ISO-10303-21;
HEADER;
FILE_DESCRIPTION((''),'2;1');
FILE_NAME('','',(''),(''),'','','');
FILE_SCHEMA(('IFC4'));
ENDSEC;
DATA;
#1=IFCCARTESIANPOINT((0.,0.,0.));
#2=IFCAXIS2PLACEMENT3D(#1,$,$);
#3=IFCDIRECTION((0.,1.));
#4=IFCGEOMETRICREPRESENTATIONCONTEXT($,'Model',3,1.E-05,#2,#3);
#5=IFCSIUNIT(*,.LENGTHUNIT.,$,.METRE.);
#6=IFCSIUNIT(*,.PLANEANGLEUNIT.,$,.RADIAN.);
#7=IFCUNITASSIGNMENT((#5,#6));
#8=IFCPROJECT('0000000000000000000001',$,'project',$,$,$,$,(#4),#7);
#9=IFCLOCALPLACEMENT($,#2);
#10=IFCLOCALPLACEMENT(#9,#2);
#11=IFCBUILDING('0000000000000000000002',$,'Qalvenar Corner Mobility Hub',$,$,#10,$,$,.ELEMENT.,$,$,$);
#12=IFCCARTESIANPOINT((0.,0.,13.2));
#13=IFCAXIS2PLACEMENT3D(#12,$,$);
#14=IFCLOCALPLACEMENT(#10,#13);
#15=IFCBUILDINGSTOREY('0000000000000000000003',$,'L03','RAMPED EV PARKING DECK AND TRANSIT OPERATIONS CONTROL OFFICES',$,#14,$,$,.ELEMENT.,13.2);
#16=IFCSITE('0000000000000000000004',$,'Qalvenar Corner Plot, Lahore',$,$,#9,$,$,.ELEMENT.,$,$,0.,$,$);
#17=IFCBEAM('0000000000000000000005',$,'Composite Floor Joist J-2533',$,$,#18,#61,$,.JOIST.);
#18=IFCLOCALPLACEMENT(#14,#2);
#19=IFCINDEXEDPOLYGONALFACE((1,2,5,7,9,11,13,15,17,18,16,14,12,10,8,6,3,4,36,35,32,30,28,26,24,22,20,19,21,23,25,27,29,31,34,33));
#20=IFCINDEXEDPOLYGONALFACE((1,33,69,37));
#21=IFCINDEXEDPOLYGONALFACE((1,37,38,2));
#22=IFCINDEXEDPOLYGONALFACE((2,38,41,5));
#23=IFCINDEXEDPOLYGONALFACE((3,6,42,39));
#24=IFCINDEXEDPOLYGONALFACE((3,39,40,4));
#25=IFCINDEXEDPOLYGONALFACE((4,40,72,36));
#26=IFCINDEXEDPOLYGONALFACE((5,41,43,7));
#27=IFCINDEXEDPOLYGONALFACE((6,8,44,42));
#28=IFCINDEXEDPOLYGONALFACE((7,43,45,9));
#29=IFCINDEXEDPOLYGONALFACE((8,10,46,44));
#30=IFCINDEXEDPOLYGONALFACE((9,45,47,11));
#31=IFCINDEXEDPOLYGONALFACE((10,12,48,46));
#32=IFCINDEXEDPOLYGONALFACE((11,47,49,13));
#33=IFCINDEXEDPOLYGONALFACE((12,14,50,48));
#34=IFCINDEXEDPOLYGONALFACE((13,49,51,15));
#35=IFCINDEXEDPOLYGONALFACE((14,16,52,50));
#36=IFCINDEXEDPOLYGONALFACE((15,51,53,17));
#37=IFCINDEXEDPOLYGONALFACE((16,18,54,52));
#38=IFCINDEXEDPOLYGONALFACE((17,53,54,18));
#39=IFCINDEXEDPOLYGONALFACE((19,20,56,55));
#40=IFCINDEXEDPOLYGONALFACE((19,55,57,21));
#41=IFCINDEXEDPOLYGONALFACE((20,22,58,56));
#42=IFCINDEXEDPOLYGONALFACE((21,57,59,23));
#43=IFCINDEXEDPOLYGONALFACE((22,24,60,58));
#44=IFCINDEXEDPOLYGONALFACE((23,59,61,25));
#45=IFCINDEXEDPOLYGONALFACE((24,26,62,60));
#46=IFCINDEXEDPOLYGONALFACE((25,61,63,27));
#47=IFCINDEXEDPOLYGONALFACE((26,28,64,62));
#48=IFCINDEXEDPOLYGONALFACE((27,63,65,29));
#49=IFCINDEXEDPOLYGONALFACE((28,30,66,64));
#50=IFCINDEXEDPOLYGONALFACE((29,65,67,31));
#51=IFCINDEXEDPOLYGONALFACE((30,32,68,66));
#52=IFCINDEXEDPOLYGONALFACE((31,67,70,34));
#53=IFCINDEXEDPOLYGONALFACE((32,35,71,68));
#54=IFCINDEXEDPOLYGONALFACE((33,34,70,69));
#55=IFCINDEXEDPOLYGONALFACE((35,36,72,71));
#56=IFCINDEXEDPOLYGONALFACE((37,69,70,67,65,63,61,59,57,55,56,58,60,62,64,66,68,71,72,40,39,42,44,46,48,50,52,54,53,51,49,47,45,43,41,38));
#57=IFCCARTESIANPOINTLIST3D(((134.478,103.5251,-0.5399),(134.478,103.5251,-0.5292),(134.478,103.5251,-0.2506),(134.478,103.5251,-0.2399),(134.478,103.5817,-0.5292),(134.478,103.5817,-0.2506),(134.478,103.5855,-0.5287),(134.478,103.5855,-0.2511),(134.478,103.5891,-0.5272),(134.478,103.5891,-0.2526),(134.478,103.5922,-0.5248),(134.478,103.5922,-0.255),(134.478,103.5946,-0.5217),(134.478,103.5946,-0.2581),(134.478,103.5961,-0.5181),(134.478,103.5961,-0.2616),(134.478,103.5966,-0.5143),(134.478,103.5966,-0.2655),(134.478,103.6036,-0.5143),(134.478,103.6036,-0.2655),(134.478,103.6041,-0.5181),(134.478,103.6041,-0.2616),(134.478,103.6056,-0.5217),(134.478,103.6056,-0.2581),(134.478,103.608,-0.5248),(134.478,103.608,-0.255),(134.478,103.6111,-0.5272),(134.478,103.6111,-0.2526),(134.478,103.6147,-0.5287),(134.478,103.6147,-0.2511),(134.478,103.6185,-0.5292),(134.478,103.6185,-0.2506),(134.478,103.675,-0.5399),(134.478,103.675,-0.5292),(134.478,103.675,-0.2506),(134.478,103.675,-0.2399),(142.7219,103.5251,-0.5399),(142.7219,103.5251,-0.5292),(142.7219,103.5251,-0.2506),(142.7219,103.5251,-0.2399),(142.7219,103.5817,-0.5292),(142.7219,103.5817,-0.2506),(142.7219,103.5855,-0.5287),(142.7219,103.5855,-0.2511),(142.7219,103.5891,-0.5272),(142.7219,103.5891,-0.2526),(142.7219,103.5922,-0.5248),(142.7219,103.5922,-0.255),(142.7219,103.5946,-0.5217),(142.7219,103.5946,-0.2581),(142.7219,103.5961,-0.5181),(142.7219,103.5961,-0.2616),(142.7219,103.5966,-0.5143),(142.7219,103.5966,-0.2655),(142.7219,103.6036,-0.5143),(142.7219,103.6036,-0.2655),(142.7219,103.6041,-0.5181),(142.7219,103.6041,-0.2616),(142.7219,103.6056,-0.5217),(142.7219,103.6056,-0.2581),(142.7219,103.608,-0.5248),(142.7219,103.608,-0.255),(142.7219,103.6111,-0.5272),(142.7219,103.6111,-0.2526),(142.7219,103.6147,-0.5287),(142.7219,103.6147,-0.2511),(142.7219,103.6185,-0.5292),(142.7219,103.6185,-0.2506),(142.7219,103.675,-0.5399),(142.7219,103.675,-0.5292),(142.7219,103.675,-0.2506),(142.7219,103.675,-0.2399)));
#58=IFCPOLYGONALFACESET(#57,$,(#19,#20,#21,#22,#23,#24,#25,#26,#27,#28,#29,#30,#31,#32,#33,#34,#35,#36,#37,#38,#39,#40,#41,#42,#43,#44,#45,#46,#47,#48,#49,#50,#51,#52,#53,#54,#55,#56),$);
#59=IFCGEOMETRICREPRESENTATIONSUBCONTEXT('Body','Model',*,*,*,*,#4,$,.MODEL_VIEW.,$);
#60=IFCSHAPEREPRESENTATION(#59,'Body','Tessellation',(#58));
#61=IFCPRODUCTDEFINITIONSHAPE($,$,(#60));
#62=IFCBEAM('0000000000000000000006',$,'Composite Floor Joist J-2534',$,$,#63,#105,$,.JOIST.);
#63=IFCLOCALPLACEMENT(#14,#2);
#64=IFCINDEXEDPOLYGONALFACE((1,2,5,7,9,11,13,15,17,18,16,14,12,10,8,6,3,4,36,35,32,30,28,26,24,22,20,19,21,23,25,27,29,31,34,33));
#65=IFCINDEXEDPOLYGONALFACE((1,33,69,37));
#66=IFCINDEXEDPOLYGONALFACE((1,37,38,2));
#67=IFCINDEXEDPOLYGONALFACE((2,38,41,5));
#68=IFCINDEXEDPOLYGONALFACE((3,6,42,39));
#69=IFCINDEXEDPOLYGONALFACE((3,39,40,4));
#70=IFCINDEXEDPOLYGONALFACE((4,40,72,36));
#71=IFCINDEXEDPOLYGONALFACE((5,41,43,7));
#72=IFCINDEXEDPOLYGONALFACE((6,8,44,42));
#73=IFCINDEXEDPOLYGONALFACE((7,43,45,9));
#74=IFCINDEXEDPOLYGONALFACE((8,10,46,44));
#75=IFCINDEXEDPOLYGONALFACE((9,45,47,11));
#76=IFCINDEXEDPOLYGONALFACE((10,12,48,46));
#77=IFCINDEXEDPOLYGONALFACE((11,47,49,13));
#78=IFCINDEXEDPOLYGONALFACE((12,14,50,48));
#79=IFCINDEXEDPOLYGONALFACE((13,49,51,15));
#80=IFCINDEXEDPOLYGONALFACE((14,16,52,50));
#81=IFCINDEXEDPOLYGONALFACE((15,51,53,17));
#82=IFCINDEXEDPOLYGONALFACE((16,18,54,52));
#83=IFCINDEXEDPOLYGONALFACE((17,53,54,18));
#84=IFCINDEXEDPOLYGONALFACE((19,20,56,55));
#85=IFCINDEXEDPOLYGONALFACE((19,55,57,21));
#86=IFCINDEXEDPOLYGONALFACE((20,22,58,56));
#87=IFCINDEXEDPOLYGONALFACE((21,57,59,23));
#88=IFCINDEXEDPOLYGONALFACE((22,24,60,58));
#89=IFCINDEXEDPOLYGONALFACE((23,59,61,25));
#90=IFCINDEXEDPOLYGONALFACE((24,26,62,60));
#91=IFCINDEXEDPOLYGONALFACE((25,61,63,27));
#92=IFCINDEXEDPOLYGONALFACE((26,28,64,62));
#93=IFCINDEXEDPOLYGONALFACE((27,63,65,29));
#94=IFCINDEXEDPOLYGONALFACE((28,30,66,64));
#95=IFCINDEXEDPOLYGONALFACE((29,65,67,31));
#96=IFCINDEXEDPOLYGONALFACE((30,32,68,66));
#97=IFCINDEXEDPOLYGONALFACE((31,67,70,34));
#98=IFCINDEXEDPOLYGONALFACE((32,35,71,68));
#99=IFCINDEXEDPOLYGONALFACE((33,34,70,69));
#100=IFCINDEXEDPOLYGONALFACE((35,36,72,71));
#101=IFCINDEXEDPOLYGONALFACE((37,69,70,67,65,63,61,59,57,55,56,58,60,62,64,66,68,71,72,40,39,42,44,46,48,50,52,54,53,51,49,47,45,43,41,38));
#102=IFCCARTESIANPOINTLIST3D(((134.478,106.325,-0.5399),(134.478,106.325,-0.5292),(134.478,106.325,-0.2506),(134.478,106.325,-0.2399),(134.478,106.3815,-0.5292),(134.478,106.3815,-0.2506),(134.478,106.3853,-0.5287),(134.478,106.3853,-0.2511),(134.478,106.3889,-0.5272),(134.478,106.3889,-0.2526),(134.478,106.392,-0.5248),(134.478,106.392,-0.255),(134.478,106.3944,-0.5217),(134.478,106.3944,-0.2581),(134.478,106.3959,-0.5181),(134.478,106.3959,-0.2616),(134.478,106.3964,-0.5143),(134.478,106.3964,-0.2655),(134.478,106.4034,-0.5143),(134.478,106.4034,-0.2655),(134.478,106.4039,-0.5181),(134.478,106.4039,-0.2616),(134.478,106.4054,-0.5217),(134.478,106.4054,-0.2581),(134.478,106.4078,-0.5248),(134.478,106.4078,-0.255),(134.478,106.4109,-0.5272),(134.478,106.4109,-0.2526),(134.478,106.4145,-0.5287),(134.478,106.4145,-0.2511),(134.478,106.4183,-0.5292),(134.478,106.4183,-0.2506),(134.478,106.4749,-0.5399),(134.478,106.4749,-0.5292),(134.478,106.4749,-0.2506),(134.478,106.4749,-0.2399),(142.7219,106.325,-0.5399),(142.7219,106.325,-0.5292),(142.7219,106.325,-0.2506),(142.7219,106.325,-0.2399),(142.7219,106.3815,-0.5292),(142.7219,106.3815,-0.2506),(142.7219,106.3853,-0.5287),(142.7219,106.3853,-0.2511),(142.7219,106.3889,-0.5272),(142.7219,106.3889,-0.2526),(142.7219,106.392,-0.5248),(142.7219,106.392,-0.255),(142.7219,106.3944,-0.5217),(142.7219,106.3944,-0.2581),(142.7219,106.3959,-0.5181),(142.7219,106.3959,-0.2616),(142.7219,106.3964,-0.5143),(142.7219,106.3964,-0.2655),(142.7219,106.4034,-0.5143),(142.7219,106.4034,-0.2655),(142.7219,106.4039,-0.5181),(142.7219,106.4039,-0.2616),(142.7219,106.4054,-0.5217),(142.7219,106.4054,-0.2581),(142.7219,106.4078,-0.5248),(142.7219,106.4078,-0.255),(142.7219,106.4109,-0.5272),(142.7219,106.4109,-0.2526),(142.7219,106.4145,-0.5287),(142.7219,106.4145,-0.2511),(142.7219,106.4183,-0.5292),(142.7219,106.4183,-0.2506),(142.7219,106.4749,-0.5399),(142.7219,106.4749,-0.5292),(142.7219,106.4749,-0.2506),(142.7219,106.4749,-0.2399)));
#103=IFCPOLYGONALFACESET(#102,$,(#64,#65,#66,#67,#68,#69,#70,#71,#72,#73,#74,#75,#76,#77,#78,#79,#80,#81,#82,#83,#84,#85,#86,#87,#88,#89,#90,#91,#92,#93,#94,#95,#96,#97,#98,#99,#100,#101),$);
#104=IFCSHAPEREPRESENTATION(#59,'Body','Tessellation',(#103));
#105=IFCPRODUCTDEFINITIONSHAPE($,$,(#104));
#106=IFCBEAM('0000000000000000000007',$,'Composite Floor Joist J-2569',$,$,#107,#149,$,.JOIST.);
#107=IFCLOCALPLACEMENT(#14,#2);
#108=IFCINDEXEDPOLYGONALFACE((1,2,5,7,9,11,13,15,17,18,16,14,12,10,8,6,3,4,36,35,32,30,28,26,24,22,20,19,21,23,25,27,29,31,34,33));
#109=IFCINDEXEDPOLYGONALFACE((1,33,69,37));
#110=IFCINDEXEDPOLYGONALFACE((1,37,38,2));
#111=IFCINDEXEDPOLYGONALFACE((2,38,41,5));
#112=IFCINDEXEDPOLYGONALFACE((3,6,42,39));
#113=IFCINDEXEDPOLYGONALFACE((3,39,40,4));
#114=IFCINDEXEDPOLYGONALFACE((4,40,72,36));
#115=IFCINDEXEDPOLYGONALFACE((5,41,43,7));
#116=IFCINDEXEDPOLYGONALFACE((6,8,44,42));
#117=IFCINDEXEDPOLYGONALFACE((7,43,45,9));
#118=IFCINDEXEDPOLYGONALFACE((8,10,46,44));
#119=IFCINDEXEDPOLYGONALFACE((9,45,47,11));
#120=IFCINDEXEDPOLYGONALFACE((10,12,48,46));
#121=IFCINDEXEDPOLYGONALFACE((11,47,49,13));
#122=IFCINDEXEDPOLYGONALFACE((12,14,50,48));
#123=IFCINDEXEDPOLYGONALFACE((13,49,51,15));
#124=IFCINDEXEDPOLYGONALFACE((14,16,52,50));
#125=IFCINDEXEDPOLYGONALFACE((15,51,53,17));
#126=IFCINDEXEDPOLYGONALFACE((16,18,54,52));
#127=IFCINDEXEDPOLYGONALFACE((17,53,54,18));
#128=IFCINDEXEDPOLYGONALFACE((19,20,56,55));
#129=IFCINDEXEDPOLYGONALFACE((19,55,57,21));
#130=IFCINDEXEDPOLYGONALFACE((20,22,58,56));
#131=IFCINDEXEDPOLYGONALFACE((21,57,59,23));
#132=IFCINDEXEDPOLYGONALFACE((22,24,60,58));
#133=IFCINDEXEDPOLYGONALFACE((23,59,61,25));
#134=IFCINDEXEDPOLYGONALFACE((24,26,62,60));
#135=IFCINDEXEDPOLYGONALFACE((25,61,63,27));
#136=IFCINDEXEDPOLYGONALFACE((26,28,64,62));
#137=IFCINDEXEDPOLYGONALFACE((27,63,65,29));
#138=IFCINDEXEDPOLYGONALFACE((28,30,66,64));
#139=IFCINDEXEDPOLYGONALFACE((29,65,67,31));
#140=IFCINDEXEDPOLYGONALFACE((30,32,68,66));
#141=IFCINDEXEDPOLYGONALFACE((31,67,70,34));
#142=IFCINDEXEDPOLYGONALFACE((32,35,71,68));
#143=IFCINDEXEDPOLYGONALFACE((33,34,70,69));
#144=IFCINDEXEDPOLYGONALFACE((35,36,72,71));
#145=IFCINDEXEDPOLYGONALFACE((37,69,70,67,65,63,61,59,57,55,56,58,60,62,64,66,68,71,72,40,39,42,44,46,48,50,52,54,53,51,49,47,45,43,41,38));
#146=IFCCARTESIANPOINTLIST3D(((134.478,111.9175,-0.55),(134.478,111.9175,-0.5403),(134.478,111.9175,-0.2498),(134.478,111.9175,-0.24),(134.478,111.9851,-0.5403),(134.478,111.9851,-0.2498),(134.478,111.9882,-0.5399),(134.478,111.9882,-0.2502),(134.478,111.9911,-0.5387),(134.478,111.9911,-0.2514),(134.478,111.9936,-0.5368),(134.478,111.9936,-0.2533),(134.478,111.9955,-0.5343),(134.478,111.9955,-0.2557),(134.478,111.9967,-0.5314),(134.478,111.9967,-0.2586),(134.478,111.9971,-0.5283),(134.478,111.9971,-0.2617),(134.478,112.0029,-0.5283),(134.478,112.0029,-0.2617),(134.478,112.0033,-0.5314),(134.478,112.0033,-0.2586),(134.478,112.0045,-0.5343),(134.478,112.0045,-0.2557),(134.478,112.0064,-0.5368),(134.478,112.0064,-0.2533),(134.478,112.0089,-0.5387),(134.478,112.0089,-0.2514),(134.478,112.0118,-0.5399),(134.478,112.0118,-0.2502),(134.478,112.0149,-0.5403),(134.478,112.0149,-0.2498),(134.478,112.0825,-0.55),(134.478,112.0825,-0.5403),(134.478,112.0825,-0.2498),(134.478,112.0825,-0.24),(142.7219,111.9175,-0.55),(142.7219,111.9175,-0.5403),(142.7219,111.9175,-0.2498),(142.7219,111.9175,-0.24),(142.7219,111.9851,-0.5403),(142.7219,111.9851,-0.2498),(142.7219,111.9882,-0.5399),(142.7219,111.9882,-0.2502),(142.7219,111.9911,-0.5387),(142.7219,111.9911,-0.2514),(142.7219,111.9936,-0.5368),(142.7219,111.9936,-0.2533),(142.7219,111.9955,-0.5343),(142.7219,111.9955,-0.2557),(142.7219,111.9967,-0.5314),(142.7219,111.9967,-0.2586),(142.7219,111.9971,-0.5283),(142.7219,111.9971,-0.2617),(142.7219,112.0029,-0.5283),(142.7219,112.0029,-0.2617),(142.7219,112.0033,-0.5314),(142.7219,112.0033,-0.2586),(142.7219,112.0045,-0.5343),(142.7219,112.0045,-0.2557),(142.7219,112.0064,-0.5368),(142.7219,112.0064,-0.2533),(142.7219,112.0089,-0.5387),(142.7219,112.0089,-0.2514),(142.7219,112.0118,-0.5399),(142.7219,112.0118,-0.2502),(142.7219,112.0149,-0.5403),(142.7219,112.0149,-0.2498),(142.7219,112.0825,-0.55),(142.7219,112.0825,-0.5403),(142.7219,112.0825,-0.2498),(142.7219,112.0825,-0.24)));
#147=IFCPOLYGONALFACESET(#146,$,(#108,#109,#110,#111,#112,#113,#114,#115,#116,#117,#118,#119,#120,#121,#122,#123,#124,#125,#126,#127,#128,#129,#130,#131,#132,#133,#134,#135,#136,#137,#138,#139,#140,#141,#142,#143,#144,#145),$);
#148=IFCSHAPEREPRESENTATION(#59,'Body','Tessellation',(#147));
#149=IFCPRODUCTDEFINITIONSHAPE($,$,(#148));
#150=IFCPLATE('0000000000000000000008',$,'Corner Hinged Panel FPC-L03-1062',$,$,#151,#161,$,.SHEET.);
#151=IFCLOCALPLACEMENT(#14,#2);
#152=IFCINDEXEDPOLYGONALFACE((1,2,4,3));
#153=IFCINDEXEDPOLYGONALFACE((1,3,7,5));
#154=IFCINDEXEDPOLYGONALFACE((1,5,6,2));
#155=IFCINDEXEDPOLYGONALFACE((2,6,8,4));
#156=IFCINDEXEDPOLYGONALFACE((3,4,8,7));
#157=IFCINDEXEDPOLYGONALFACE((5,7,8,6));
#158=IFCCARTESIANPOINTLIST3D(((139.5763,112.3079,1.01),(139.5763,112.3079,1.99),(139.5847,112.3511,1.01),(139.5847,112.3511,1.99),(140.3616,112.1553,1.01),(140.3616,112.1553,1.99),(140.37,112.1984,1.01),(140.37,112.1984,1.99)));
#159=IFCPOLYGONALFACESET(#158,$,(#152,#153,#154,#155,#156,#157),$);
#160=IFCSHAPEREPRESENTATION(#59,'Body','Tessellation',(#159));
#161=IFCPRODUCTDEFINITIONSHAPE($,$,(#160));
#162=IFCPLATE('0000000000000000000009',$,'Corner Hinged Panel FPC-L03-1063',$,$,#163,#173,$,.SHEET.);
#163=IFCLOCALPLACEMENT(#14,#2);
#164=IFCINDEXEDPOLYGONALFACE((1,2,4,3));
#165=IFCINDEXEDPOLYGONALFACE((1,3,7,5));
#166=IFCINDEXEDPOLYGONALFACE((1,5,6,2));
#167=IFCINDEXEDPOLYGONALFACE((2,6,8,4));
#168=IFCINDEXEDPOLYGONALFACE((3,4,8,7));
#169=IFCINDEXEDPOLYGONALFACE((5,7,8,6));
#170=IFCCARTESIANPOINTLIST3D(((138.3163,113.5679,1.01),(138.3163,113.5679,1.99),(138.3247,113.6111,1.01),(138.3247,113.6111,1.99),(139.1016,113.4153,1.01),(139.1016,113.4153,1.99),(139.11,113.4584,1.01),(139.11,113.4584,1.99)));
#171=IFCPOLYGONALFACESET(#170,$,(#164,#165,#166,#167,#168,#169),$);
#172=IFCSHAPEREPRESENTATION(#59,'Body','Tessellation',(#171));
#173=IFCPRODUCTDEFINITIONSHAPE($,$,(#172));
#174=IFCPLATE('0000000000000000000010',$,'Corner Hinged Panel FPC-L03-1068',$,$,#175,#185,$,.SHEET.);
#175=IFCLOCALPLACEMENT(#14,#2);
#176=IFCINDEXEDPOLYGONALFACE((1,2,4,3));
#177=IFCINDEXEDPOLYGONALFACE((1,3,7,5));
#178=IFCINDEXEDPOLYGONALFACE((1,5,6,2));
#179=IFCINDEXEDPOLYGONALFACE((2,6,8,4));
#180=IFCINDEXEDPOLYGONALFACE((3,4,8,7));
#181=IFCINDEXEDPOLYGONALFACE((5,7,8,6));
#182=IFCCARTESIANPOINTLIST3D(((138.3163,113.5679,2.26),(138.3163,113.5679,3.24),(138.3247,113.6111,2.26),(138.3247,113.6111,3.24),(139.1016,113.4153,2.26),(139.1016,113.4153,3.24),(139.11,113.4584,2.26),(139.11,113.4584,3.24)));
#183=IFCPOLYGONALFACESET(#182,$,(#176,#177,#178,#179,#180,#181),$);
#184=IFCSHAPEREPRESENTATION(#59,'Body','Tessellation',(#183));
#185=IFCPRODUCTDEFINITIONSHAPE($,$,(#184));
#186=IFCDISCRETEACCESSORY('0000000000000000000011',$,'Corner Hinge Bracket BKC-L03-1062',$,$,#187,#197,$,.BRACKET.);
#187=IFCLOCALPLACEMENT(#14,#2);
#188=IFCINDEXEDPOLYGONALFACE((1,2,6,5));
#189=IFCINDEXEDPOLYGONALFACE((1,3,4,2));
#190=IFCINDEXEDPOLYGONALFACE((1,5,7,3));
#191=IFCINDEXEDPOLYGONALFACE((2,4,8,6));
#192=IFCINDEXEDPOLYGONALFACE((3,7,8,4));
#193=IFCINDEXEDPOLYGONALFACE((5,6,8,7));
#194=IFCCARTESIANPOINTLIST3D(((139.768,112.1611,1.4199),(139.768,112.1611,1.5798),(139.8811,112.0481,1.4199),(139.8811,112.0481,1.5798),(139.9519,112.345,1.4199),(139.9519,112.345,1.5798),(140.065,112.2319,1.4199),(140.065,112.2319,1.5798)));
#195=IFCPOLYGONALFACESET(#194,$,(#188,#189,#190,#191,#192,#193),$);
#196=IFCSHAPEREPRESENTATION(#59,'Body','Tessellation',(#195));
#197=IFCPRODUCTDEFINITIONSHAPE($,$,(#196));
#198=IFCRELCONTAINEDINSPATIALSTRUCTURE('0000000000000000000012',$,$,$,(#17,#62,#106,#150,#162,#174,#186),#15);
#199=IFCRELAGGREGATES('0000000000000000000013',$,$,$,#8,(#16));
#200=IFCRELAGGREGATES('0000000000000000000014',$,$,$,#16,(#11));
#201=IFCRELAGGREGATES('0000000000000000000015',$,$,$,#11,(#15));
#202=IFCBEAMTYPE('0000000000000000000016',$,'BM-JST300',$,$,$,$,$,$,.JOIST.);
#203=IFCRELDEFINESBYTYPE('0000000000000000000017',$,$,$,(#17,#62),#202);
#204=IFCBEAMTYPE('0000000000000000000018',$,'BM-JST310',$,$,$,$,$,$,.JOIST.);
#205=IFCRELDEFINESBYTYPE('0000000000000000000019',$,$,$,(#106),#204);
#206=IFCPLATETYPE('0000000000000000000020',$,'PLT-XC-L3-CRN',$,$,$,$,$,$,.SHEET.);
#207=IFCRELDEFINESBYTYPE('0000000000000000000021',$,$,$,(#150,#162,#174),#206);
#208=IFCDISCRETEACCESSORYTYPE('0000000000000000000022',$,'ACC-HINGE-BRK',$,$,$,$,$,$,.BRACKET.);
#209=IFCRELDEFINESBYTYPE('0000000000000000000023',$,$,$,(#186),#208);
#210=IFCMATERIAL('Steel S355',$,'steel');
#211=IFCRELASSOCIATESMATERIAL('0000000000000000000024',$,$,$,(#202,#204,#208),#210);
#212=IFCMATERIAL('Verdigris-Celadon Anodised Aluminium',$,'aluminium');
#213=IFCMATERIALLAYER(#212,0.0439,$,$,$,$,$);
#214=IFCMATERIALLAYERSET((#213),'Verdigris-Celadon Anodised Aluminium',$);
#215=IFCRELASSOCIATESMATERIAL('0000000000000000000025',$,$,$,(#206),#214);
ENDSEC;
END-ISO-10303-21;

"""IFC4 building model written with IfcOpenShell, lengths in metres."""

from ifc_helpers import new_model, si_unit, direction, frame, origin, origin_2d, place, context, subcontext, project, spatial, rectangle, i_section, extrude, material, layer, layer_set, material_profile, profile_set, type_object, element, save


model = new_model("IFC4")

# Units and contexts
model_context = context("Model", 3, precision=1e-05, world=origin(), true_north=direction((0.0, 1.0)))
body_context = subcontext(model_context, "Body", "Model", "MODEL_VIEW")
ifc_project = project(units=[si_unit("LENGTHUNIT", "METRE"), si_unit("PLANEANGLEUNIT", "RADIAN")], contexts=[model_context])

# Site, building, storey
site_placement = place(None, origin())
site = spatial("IfcSite", under=ifc_project, at=site_placement, Name="Qalvenar Corner Plot, Lahore", CompositionType="ELEMENT", RefElevation=0.0)
building_placement = place(site_placement, origin())
building = spatial("IfcBuilding", under=site, at=building_placement, Name="Qalvenar Corner Mobility Hub", CompositionType="ELEMENT")
storey_placement = place(building_placement, frame((0.0, 0.0, 13.2)))
storey = spatial("IfcBuildingStorey", under=building, at=storey_placement, Name="L03", Description="RAMPED EV PARKING DECK AND TRANSIT OPERATIONS CONTROL OFFICES", CompositionType="ELEMENT", Elevation=13.2)

# Shared definitions
ifc_material_1 = material(Name="Steel S355", Category="steel")

# Beams
ifc_material_profile_1 = material_profile(ifc_material_1, i_section(OverallWidth=0.1499, OverallDepth=0.3, WebThickness=0.0071, FlangeThickness=0.0107, FilletRadius=0.0149, at=origin_2d()), Name="IPE300")
ifc_profile_set_1 = profile_set([ifc_material_profile_1], Name="Steel S355")
beam_type_1 = type_object("IfcBeamType", Name="BM-JST300", PredefinedType="JOIST", material=ifc_profile_set_1)
for number, where, z_axis, x_axis, name in (
    (1, (134.478, 103.6001, -0.3899), (1.0, 0.0, 0.0), (0.0, 1.0, 0.0), "Composite Floor Joist J-2533"),
    (2, (134.478, 106.3999, -0.3899), (1.0, 0.0, 0.0), (0.0, 1.0, 0.0), "Composite Floor Joist J-2534"),
):
    element("IfcBeam", number, at=place(storey_placement, frame(where, z_axis=z_axis, x_axis=x_axis)), inside=storey, type_object=beam_type_1, Name=name, PredefinedType="JOIST", context=body_context, shape_type="SweptSolid", body=[
        extrude(i_section(OverallWidth=0.1499, OverallDepth=0.3, WebThickness=0.0071, FlangeThickness=0.0107, FilletRadius=0.0149, at=origin_2d()), origin(), (0.0, 0.0, 1.0), 8.2439),
    ])
ifc_material_profile_2 = material_profile(ifc_material_1, i_section(OverallWidth=0.165, OverallDepth=0.3101, WebThickness=0.0059, FlangeThickness=0.0098, FilletRadius=0.012, at=origin_2d()), Name="W310x38.7")
ifc_profile_set_2 = profile_set([ifc_material_profile_2], Name="Steel S355")
beam_type_2 = type_object("IfcBeamType", Name="BM-JST310", PredefinedType="JOIST", material=ifc_profile_set_2)
beam_1_placement = place(storey_placement, frame((134.478, 112.0, -0.395), z_axis=(1.0, 0.0, 0.0), x_axis=(0.0, 1.0, 0.0)))
element("IfcBeam", 3, at=beam_1_placement, inside=storey, type_object=beam_type_2, Name="Composite Floor Joist J-2569", PredefinedType="JOIST", context=body_context, shape_type="SweptSolid", body=[
    extrude(i_section(OverallWidth=0.165, OverallDepth=0.3101, WebThickness=0.0059, FlangeThickness=0.0098, FilletRadius=0.012, at=origin_2d()), origin(), (0.0, 0.0, 1.0), 8.2439),
])

# Plates
ifc_material_2 = material(Name="Verdigris-Celadon Anodised Aluminium", Category="aluminium")
ifc_layer = layer(ifc_material_2, 0.0439)
ifc_layer_set = layer_set([ifc_layer], Name="Verdigris-Celadon Anodised Aluminium")
plate_type = type_object("IfcPlateType", Name="PLT-XC-L3-CRN", PredefinedType="SHEET", material=ifc_layer_set)
for number, where, z_axis, x_axis, name in (
    (4, (139.9731, 112.2532, 1.01), (0.0, 0.0, 1.0), (-0.981627, 0.190809, 0.0), "Corner Hinged Panel FPC-L03-1062"),
    (5, (138.7131, 113.5132, 1.01), (0.0, 0.0, 1.0), (-0.981627, 0.190809, 0.0), "Corner Hinged Panel FPC-L03-1063"),
    (6, (138.7131, 113.5132, 2.26), (0.0, 0.0, 1.0), (-0.981627, 0.190809, 0.0), "Corner Hinged Panel FPC-L03-1068"),
):
    element("IfcPlate", number, at=place(storey_placement, frame(where, z_axis=z_axis, x_axis=x_axis)), inside=storey, type_object=plate_type, Name=name, PredefinedType="SHEET", context=body_context, shape_type="SweptSolid", body=[
        extrude(rectangle(XDim=0.8, YDim=0.0439, at=origin_2d()), origin(), (0.0, 0.0, 1.0), 0.98),
    ])

# Discrete accessory
discrete_accessory_type = type_object("IfcDiscreteAccessoryType", Name="ACC-HINGE-BRK", PredefinedType="BRACKET", material=ifc_material_1)
for number, where, z_axis, x_axis, name in (
    (7, (139.9165, 112.1965, 1.4199), (0.0, 0.0, 1.0), (-0.707107, 0.707107, 0.0), "Corner Hinge Bracket BKC-L03-1062"),
):
    element("IfcDiscreteAccessory", number, at=place(storey_placement, frame(where, z_axis=z_axis, x_axis=x_axis)), inside=storey, type_object=discrete_accessory_type, Name=name, PredefinedType="BRACKET", context=body_context, shape_type="SweptSolid", body=[
        extrude(rectangle(XDim=0.1599, YDim=0.26, at=origin_2d()), origin(), (0.0, 0.0, 1.0), 0.1599),
    ])

save(model, "model.ifc")
